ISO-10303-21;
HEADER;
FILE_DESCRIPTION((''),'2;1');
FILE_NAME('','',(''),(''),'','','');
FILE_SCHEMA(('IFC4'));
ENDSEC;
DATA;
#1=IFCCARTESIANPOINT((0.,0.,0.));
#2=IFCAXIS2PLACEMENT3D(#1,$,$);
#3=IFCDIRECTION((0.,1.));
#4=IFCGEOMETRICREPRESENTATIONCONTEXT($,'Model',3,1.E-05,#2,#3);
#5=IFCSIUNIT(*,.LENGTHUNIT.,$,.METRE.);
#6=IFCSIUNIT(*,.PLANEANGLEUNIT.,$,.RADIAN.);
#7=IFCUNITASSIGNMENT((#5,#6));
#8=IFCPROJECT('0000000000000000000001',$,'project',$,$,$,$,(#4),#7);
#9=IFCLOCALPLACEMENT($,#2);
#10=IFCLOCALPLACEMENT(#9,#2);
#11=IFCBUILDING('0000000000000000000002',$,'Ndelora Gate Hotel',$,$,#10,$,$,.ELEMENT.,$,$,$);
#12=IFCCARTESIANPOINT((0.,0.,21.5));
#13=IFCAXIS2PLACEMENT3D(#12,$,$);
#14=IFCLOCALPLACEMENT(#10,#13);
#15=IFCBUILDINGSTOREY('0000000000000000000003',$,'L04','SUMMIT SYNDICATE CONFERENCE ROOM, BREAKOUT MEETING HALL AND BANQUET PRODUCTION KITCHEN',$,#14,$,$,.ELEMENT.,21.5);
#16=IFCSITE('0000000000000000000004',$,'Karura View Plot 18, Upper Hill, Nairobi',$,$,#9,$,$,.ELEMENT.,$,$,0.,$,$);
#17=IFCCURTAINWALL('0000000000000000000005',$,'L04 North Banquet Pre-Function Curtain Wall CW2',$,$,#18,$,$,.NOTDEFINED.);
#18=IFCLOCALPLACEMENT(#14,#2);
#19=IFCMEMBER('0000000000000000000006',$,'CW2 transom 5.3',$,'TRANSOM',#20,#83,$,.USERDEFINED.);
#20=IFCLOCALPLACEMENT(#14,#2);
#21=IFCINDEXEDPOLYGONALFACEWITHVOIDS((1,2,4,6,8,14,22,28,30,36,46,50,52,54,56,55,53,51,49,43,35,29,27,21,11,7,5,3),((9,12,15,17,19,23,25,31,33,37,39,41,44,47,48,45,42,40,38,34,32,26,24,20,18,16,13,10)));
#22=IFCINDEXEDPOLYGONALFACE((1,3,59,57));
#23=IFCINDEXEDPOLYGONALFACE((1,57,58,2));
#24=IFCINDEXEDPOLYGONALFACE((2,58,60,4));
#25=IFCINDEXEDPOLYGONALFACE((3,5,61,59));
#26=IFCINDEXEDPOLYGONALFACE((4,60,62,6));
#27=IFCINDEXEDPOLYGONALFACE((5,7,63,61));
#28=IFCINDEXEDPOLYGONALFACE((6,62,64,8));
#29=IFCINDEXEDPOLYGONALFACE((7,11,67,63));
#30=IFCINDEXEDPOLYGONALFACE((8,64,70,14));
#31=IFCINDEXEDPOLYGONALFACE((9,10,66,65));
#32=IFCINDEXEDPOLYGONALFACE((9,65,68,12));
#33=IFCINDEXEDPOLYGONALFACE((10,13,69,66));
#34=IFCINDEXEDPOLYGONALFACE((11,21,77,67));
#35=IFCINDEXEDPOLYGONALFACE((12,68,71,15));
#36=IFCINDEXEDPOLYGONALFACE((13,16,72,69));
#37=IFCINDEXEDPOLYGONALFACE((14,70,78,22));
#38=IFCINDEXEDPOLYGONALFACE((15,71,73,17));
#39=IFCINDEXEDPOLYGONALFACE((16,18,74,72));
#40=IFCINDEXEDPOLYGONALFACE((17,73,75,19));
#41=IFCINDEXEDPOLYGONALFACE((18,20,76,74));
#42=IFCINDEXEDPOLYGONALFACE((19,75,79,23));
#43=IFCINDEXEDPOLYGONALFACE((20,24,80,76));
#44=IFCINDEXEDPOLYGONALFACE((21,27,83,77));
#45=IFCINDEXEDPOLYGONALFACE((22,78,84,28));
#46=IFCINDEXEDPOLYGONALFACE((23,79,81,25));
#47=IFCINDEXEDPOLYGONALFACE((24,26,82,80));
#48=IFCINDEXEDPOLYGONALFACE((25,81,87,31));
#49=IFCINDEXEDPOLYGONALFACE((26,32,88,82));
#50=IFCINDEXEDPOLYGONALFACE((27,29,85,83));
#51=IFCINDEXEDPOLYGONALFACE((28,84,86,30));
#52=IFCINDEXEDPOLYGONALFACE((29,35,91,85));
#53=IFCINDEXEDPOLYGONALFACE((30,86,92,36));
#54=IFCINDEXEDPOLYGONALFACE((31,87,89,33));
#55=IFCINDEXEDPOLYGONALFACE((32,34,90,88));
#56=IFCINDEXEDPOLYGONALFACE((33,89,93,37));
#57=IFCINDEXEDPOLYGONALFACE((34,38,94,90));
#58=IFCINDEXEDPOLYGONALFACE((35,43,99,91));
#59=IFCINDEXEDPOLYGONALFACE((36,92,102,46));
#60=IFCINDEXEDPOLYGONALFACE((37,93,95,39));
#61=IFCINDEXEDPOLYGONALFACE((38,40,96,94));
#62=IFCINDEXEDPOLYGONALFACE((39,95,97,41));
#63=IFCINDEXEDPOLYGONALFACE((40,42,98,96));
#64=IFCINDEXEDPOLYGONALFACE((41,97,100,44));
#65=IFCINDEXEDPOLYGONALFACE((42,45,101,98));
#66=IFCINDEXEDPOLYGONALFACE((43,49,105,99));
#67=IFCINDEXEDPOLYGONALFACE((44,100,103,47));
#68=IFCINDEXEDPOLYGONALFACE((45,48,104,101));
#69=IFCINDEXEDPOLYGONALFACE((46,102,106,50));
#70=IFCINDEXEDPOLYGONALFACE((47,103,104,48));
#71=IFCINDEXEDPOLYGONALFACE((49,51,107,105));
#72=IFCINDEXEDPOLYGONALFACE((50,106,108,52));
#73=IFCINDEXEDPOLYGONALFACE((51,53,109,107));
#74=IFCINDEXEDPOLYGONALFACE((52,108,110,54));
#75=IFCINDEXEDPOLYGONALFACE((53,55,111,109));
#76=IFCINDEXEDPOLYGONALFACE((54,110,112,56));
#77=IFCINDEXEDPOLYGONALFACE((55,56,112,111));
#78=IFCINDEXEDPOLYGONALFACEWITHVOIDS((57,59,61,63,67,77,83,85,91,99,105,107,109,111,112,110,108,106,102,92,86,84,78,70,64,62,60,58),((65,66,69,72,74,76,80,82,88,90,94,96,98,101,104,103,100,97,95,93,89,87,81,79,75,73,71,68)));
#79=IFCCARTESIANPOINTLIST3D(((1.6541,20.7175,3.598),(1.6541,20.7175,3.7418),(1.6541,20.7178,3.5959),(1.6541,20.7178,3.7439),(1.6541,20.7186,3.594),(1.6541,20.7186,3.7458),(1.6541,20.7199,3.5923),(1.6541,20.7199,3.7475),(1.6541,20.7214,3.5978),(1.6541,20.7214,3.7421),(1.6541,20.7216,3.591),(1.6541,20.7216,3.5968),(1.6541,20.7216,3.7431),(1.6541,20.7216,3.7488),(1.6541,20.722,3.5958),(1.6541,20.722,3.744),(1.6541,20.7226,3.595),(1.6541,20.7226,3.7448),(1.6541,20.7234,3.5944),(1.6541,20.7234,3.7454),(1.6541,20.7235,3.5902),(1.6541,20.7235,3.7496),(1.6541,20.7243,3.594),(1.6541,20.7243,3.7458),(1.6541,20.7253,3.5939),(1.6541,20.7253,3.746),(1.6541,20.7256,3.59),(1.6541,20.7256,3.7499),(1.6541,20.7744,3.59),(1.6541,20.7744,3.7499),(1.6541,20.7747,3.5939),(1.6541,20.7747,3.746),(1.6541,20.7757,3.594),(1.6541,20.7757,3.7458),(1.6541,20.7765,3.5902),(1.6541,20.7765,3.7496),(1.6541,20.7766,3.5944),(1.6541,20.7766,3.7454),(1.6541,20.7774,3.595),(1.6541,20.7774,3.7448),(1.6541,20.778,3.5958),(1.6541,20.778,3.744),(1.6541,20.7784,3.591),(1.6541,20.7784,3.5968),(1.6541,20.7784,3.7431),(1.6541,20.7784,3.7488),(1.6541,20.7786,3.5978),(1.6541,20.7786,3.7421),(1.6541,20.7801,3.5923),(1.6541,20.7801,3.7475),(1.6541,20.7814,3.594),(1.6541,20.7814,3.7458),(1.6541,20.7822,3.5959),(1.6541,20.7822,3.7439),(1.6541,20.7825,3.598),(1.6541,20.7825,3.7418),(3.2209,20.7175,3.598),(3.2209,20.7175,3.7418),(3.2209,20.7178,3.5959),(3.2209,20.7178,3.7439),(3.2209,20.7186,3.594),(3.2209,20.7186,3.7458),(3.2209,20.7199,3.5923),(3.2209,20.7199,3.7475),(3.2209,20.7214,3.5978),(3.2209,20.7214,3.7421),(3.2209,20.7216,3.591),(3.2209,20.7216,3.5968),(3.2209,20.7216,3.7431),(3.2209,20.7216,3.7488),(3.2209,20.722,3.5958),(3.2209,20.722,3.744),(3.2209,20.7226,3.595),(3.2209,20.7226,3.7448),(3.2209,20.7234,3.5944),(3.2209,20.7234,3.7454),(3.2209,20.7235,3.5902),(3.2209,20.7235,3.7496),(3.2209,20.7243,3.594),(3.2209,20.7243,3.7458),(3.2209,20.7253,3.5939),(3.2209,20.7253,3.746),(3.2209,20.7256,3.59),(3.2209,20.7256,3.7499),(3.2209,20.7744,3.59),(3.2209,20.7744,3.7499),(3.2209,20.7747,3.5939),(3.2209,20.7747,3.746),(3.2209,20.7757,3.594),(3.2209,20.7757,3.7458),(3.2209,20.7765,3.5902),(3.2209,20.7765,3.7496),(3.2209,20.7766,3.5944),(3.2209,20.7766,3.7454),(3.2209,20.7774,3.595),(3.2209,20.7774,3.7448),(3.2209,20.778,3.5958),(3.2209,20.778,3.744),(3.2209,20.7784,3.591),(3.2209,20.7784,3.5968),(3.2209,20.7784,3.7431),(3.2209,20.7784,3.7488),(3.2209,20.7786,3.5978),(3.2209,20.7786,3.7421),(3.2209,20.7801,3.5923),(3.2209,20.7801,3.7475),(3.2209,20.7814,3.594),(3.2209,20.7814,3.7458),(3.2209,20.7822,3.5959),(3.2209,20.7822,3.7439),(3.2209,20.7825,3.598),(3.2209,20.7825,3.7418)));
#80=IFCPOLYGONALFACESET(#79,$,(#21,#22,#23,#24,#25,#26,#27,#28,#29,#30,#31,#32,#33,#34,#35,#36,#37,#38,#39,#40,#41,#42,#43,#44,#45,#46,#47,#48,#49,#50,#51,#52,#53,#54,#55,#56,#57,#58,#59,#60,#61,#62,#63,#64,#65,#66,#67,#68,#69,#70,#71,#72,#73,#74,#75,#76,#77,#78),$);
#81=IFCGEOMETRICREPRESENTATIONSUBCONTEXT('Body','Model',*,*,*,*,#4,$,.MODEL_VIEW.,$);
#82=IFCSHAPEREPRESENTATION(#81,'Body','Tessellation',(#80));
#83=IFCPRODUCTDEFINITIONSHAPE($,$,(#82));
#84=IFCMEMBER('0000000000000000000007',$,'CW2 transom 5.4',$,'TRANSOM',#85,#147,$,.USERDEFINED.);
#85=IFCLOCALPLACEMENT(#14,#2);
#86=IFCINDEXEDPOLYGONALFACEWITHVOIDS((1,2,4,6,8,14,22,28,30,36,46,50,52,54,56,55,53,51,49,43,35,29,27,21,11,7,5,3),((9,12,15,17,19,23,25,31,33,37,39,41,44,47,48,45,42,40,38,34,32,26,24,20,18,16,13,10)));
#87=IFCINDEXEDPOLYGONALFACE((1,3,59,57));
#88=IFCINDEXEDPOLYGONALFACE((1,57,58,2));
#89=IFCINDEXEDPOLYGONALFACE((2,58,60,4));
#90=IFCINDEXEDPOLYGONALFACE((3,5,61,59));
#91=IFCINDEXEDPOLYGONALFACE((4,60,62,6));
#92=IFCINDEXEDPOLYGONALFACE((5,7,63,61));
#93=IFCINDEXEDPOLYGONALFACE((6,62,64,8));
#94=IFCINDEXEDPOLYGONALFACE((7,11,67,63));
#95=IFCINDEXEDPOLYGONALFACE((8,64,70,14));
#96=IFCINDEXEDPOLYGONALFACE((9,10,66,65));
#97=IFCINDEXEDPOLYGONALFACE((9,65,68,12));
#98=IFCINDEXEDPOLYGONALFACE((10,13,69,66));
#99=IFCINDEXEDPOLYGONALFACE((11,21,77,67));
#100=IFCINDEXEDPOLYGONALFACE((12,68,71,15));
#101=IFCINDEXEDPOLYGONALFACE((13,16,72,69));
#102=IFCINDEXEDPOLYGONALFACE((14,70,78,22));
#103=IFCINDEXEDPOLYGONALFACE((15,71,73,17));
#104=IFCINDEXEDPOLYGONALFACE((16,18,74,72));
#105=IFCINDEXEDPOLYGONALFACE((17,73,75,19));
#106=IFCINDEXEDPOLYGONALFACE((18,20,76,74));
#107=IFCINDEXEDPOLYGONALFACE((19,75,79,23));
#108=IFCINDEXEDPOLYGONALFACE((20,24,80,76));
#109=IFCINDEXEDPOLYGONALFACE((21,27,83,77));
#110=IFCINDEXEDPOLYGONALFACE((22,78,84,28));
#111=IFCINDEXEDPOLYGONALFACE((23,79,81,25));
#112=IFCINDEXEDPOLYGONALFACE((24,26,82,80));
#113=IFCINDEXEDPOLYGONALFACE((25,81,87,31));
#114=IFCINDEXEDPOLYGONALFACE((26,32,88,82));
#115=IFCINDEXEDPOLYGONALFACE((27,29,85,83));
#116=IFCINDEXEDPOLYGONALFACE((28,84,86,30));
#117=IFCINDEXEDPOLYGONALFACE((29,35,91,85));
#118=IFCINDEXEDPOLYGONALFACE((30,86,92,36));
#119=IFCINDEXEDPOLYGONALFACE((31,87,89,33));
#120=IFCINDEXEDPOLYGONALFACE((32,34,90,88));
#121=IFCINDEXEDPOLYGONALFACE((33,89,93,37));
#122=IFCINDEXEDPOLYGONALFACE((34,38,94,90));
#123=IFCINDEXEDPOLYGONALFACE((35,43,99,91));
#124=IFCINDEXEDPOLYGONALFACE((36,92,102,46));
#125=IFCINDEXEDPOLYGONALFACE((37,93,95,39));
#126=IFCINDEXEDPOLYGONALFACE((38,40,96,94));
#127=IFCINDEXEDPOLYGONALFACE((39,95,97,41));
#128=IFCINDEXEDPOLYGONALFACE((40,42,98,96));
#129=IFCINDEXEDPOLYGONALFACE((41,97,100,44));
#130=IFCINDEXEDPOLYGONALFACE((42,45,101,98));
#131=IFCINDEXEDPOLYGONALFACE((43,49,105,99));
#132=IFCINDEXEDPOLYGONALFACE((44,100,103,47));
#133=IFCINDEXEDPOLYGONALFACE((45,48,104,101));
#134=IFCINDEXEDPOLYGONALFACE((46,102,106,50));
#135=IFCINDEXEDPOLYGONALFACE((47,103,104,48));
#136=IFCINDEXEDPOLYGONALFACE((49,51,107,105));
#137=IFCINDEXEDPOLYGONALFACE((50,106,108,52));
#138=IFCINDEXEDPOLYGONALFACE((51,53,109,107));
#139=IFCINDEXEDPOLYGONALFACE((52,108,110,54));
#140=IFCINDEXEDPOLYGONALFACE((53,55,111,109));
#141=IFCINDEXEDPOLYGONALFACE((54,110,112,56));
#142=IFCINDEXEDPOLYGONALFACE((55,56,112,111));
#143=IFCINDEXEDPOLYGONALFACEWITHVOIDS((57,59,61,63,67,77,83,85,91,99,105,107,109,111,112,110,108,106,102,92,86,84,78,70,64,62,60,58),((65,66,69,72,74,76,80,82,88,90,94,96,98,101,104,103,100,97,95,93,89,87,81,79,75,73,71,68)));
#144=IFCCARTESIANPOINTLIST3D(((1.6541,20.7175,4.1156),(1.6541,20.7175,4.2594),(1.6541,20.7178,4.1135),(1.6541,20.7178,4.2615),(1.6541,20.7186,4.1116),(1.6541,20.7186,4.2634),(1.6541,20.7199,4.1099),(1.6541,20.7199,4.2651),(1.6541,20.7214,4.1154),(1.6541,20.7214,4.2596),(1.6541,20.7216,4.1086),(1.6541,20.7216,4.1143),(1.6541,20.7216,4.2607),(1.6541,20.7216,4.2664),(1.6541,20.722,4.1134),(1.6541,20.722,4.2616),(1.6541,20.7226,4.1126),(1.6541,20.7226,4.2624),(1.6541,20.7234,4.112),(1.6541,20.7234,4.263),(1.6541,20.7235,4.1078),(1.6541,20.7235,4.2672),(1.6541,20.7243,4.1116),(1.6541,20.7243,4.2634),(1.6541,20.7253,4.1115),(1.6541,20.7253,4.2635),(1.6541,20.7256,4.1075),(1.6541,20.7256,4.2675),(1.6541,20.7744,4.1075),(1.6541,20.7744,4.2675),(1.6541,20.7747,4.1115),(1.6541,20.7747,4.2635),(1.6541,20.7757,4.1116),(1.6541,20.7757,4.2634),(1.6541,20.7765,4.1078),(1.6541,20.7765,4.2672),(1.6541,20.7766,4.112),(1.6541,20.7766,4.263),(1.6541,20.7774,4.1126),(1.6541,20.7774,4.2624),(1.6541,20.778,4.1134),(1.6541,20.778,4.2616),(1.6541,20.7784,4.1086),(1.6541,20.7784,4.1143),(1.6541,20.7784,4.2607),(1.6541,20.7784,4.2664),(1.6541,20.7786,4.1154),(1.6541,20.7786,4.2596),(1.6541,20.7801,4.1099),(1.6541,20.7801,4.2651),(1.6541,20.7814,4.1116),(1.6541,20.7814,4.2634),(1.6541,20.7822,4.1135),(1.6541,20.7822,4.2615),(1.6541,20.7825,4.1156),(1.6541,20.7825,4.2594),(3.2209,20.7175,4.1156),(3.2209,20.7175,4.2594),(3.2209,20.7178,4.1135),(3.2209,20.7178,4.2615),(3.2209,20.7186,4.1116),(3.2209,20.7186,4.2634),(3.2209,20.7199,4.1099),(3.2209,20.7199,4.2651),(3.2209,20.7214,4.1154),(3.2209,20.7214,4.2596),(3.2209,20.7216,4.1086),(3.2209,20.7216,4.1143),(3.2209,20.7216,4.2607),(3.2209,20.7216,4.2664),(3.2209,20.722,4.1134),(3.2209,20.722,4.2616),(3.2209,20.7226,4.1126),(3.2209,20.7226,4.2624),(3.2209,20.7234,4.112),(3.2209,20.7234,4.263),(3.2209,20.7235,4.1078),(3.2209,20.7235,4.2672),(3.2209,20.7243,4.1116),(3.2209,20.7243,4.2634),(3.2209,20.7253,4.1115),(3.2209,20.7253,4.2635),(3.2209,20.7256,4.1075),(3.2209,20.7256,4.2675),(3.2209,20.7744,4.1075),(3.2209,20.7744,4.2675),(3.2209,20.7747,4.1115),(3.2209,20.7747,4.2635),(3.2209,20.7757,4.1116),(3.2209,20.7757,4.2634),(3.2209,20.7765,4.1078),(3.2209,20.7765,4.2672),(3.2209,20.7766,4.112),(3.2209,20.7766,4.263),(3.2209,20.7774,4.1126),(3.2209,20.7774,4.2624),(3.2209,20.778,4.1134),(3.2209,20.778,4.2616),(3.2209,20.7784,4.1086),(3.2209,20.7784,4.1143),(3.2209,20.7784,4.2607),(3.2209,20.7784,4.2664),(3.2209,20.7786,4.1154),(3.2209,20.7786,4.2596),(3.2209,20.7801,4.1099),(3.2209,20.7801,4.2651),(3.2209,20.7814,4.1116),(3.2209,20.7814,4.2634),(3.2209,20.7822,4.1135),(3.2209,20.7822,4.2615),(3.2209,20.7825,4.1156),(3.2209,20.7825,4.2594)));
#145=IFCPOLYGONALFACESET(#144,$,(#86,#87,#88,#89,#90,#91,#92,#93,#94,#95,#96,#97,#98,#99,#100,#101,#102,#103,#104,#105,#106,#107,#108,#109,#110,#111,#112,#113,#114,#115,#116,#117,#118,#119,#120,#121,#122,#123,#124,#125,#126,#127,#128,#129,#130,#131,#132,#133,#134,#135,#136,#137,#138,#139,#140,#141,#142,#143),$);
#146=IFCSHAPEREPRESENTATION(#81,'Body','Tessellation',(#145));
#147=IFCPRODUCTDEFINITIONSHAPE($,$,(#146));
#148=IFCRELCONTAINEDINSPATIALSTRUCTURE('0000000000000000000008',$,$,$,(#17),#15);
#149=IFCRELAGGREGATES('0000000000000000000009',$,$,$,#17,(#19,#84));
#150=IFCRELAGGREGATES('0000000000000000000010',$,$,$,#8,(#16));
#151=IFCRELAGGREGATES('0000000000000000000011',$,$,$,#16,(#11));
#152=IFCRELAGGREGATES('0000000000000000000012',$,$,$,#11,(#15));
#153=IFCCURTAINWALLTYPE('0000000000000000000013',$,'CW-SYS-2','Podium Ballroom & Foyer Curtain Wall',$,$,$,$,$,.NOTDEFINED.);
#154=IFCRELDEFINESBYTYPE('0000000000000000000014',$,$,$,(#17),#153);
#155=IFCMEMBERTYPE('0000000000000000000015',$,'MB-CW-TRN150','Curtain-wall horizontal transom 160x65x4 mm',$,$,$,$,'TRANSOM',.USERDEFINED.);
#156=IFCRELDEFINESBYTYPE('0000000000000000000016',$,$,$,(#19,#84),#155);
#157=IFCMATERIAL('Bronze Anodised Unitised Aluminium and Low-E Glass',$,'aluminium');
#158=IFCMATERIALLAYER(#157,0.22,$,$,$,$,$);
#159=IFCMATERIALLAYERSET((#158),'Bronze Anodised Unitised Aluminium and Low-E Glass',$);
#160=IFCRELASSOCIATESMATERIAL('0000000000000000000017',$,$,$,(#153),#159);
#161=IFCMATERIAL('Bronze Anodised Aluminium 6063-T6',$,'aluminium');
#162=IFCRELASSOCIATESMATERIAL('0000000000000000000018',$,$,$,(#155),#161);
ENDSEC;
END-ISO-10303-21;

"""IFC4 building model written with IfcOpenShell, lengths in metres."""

from ifc_helpers import new_model, si_unit, direction, frame, origin, origin_2d, place, context, subcontext, project, spatial, hollow_rectangle, extrude, material, layer, layer_set, material_profile, profile_set, type_object, element, aggregate, save


model = new_model("IFC4")

# Units and contexts
model_context = context("Model", 3, precision=1e-05, world=origin(), true_north=direction((0.0, 1.0)))
body_context = subcontext(model_context, "Body", "Model", "MODEL_VIEW")
ifc_project = project(units=[si_unit("LENGTHUNIT", "METRE"), si_unit("PLANEANGLEUNIT", "RADIAN")], contexts=[model_context])

# Site, building, storey
site_placement = place(None, origin())
site = spatial("IfcSite", under=ifc_project, at=site_placement, Name="Karura View Plot 18, Upper Hill, Nairobi", CompositionType="ELEMENT", RefElevation=0.0)
building_placement = place(site_placement, origin())
building = spatial("IfcBuilding", under=site, at=building_placement, Name="Ndelora Gate Hotel", CompositionType="ELEMENT")
storey_placement = place(building_placement, frame((0.0, 0.0, 21.5)))
storey = spatial("IfcBuildingStorey", under=building, at=storey_placement, Name="L04", Description="SUMMIT SYNDICATE CONFERENCE ROOM, BREAKOUT MEETING HALL AND BANQUET PRODUCTION KITCHEN", CompositionType="ELEMENT", Elevation=21.5)

# Curtain wall, members
ifc_material_1 = material(Name="Bronze Anodised Unitised Aluminium and Low-E Glass", Category="aluminium")
ifc_layer_1 = layer(ifc_material_1, 0.22)
ifc_layer_set_1 = layer_set([ifc_layer_1], Name="Bronze Anodised Unitised Aluminium and Low-E Glass")
curtain_wall_type = type_object("IfcCurtainWallType", Name="CW-SYS-2", Description="Podium Ballroom & Foyer Curtain Wall", PredefinedType="NOTDEFINED", material=ifc_layer_set_1)
curtain_wall_placement = place(storey_placement, origin())
curtain_wall = element("IfcCurtainWall", 1, at=curtain_wall_placement, inside=storey, type_object=curtain_wall_type, Name="L04 North Banquet Pre-Function Curtain Wall CW2", PredefinedType="NOTDEFINED")
ifc_material_2 = material(Name="Bronze Anodised Aluminium 6063-T6", Category="aluminium")
ifc_material_profile_1 = material_profile(ifc_material_2, hollow_rectangle(XDim=0.0649, YDim=0.1599, WallThickness=0.0039, InnerFilletRadius=0.0039, OuterFilletRadius=0.0081, at=origin_2d()), Name="ALU 160x65x4")
ifc_profile_set_1 = profile_set([ifc_material_profile_1], Name="Bronze Anodised Aluminium 6063-T6")
member_type_1 = type_object("IfcMemberType", Name="MB-CW-TRN150", Description="Curtain-wall horizontal transom 160x65x4 mm", ElementType="TRANSOM", PredefinedType="USERDEFINED", material=ifc_profile_set_1)
member_1_placement = place(storey_placement, frame((3.2209, 20.75, 3.6699), z_axis=(-1.0, 0.0, 0.0), x_axis=(0.0, -1.0, 0.0)))
member_1 = element("IfcMember", 2, at=member_1_placement, type_object=member_type_1, Name="CW2 transom 5.3", ObjectType="TRANSOM", PredefinedType="USERDEFINED", context=body_context, shape_type="SweptSolid", body=[
    extrude(hollow_rectangle(XDim=0.0649, YDim=0.1599, WallThickness=0.0039, InnerFilletRadius=0.0039, OuterFilletRadius=0.0081, at=origin_2d()), origin(), (0.0, 0.0, 1.0), 1.5669),
])
member_2_placement = place(storey_placement, frame((3.2209, 20.75, 4.1875), z_axis=(-1.0, 0.0, 0.0), x_axis=(0.0, -1.0, 0.0)))
member_2 = element("IfcMember", 3, at=member_2_placement, type_object=member_type_1, Name="CW2 transom 5.4", ObjectType="TRANSOM", PredefinedType="USERDEFINED", context=body_context, shape_type="SweptSolid", body=[
    extrude(hollow_rectangle(XDim=0.0649, YDim=0.1599, WallThickness=0.0039, InnerFilletRadius=0.0039, OuterFilletRadius=0.0081, at=origin_2d()), origin(), (0.0, 0.0, 1.0), 1.5669),
])
aggregate(curtain_wall, [member_1, member_2])

save(model, "model.ifc")
